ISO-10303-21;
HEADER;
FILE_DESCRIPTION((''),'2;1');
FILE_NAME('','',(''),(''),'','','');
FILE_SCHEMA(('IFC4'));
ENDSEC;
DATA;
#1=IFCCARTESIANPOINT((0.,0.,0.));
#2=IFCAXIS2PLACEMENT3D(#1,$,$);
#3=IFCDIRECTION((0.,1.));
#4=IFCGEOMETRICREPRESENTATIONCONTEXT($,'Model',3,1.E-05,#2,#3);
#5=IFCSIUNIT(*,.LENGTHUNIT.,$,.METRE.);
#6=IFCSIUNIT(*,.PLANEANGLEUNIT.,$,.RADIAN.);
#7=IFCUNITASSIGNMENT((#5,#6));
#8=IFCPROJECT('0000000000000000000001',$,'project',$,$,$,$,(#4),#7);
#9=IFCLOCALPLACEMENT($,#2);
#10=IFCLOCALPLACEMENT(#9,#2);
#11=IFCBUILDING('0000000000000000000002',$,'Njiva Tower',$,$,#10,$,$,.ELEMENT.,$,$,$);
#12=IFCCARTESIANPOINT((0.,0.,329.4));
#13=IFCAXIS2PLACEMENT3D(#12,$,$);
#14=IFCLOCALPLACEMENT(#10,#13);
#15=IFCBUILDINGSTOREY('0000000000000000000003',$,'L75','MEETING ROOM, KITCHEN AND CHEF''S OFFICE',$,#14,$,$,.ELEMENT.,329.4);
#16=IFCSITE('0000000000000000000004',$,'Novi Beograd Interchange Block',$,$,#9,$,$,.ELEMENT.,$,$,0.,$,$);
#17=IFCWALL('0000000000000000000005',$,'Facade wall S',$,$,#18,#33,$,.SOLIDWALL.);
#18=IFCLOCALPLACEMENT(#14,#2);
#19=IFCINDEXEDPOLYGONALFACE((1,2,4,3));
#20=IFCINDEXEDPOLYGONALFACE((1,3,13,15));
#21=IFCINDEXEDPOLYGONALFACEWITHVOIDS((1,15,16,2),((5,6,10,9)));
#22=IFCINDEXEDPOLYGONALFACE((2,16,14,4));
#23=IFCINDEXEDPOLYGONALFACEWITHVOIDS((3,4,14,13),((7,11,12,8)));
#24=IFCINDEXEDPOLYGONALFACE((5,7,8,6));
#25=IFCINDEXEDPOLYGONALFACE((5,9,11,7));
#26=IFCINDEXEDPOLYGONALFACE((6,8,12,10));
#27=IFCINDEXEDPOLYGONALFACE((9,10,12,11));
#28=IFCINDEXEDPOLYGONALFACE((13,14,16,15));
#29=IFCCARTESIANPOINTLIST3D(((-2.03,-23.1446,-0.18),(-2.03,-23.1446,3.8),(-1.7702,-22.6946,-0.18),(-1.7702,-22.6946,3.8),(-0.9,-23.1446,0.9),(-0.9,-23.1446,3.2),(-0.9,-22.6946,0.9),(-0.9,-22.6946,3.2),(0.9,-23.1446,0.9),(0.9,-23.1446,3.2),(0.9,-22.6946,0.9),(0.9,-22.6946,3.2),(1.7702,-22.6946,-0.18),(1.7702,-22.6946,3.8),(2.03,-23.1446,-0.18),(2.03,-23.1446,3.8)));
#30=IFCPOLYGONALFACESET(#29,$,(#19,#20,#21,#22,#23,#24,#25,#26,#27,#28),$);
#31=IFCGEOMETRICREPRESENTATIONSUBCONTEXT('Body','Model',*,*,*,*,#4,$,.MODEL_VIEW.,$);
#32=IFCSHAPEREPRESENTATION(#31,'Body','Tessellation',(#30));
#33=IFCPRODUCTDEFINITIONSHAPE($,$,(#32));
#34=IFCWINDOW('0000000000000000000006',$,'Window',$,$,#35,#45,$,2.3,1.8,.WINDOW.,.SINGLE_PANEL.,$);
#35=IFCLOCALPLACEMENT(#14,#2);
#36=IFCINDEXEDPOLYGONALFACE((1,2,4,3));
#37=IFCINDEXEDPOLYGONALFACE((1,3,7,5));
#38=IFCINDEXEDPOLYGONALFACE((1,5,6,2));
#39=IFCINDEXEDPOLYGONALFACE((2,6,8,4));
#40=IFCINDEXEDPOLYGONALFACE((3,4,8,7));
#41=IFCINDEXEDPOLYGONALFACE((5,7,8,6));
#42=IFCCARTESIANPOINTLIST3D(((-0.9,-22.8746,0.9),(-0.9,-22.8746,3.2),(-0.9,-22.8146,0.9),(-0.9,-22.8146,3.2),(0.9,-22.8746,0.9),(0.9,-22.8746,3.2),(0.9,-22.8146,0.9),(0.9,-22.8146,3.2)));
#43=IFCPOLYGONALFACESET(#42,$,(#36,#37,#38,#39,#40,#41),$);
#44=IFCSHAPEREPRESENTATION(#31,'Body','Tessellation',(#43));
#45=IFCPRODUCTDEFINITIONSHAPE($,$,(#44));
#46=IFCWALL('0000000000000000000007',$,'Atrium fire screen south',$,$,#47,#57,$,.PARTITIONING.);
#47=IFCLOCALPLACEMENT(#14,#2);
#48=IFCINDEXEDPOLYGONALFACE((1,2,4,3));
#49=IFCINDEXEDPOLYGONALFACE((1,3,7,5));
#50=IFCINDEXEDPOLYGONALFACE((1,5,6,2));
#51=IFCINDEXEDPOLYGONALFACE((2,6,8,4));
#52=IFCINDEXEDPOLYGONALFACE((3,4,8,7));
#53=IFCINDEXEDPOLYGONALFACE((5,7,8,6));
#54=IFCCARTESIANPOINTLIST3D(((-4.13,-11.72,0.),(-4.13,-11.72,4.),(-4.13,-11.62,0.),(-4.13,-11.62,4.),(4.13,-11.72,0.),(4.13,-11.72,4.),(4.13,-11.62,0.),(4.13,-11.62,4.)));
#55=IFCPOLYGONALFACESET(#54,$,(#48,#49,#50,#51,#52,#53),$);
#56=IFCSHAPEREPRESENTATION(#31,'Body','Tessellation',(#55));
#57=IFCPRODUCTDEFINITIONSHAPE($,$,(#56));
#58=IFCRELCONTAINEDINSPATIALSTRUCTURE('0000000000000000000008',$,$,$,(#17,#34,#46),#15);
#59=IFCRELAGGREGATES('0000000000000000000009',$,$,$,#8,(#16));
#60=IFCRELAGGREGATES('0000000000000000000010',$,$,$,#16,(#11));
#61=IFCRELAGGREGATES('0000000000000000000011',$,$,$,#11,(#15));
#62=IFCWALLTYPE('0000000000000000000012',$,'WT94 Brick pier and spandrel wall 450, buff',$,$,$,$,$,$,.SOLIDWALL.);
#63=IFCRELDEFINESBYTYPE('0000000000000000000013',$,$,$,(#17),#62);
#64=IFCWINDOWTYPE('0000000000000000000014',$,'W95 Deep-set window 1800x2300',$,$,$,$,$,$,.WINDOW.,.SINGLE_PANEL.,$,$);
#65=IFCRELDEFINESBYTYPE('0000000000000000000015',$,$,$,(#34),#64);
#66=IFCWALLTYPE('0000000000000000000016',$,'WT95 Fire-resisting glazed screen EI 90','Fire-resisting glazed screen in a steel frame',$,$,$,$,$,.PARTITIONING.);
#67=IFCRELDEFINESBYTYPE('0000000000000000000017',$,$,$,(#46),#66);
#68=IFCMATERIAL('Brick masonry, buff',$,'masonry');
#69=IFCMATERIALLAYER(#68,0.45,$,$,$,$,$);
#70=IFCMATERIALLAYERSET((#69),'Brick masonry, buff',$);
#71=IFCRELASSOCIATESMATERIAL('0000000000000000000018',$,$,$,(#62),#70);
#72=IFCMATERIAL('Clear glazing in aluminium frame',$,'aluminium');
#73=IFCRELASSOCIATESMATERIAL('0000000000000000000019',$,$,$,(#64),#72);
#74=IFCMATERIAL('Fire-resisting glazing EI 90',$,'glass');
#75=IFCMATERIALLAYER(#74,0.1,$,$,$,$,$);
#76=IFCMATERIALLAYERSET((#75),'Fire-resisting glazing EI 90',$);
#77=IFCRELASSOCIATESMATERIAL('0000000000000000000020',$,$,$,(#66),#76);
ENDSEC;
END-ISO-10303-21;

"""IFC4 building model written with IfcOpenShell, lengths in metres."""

from ifc_helpers import new_model, si_unit, direction, frame, frame_2d, origin, place, context, subcontext, project, spatial, polyline, rectangle, outline, extrude, material, layer, layer_set, type_object, element, fill, save


model = new_model("IFC4")

# Units and contexts
model_context = context("Model", 3, precision=1e-05, world=origin(), true_north=direction((0.0, 1.0)))
body_context = subcontext(model_context, "Body", "Model", "MODEL_VIEW")
ifc_project = project(units=[si_unit("LENGTHUNIT", "METRE"), si_unit("PLANEANGLEUNIT", "RADIAN")], contexts=[model_context])

# Site, building, storey
site_placement = place(None, origin())
site = spatial("IfcSite", under=ifc_project, at=site_placement, Name="Novi Beograd Interchange Block", CompositionType="ELEMENT", RefElevation=0.0)
building_placement = place(site_placement, origin())
building = spatial("IfcBuilding", under=site, at=building_placement, Name="Njiva Tower", CompositionType="ELEMENT")
storey_placement = place(building_placement, frame((0.0, 0.0, 329.4)))
storey = spatial("IfcBuildingStorey", under=building, at=storey_placement, Name="L75", Description="MEETING ROOM, KITCHEN AND CHEF'S OFFICE", CompositionType="ELEMENT", Elevation=329.4)

# Wall, opening, window
ifc_material_1 = material(Name="Brick masonry, buff", Category="masonry")
ifc_layer_1 = layer(ifc_material_1, 0.45)
ifc_layer_set_1 = layer_set([ifc_layer_1], Name="Brick masonry, buff")
wall_type_1 = type_object("IfcWallType", Name="WT94 Brick pier and spandrel wall 450, buff", PredefinedType="SOLIDWALL", material=ifc_layer_set_1)
wall_1_placement = place(storey_placement, frame((-1.9001, -22.9196, -0.18), z_axis=(0.0, 0.0, 1.0), x_axis=(1.0, 0.0, 0.0)))
wall_1 = element("IfcWall", 1, at=wall_1_placement, inside=storey, type_object=wall_type_1, Name="Facade wall S", PredefinedType="SOLIDWALL", context=body_context, shape_type="SweptSolid", body=[
    extrude(outline(polyline([(-0.1299, -0.225), (3.9301, -0.225), (3.6703, 0.225), (0.1299, 0.225), (-0.1299, -0.225)])), origin(), (0.0, 0.0, 1.0), 3.98),
])
opening_1_placement = place(wall_1_placement, frame((1.0001, 0.0, 1.08)))
opening_1 = element("IfcOpeningElement", 2, at=opening_1_placement, cuts=wall_1, PredefinedType="OPENING", context=body_context, shape_type="SweptSolid", body=[
    extrude(rectangle(XDim=1.8, YDim=2.3, at=frame_2d((0.9, 1.15))), frame((0.0, 0.235, 0.0), z_axis=(0.0, -1.0, 0.0), x_axis=(1.0, 0.0, 0.0)), (0.0, 0.0, 1.0), 0.47),
])
ifc_material_2 = material(Name="Clear glazing in aluminium frame", Category="aluminium")
window_type = type_object("IfcWindowType", Name="W95 Deep-set window 1800x2300", PartitioningType="SINGLE_PANEL", PredefinedType="WINDOW", material=ifc_material_2)
window_placement = place(opening_1_placement, origin())
window = element("IfcWindow", 3, at=window_placement, inside=storey, type_object=window_type, Name="Window", OverallHeight=2.3, OverallWidth=1.8, PartitioningType="SINGLE_PANEL", PredefinedType="WINDOW", context=body_context, shape_type="SweptSolid", body=[
    extrude(rectangle(XDim=1.8, YDim=2.3, at=frame_2d((0.9, 1.15))), frame((0.0, 0.105, 0.0), z_axis=(0.0, -1.0, 0.0), x_axis=(1.0, 0.0, 0.0)), (0.0, 0.0, 1.0), 0.06),
])
fill(opening_1, window)

# Wall
ifc_material_3 = material(Name="Fire-resisting glazing EI 90", Category="glass")
ifc_layer_2 = layer(ifc_material_3, 0.1)
ifc_layer_set_2 = layer_set([ifc_layer_2], Name="Fire-resisting glazing EI 90")
wall_type_2 = type_object("IfcWallType", Name="WT95 Fire-resisting glazed screen EI 90", Description="Fire-resisting glazed screen in a steel frame", PredefinedType="PARTITIONING", material=ifc_layer_set_2)
wall_2_placement = place(storey_placement, frame((-4.13, -11.67, 0.0), z_axis=(0.0, 0.0, 1.0), x_axis=(1.0, 0.0, 0.0)))
element("IfcWall", 4, at=wall_2_placement, inside=storey, type_object=wall_type_2, Name="Atrium fire screen south", PredefinedType="PARTITIONING", context=body_context, shape_type="SweptSolid", body=[
    extrude(rectangle(XDim=8.26, YDim=0.1, at=frame_2d((4.13, 0.0))), origin(), (0.0, 0.0, 1.0), 4.0),
])

save(model, "model.ifc")
